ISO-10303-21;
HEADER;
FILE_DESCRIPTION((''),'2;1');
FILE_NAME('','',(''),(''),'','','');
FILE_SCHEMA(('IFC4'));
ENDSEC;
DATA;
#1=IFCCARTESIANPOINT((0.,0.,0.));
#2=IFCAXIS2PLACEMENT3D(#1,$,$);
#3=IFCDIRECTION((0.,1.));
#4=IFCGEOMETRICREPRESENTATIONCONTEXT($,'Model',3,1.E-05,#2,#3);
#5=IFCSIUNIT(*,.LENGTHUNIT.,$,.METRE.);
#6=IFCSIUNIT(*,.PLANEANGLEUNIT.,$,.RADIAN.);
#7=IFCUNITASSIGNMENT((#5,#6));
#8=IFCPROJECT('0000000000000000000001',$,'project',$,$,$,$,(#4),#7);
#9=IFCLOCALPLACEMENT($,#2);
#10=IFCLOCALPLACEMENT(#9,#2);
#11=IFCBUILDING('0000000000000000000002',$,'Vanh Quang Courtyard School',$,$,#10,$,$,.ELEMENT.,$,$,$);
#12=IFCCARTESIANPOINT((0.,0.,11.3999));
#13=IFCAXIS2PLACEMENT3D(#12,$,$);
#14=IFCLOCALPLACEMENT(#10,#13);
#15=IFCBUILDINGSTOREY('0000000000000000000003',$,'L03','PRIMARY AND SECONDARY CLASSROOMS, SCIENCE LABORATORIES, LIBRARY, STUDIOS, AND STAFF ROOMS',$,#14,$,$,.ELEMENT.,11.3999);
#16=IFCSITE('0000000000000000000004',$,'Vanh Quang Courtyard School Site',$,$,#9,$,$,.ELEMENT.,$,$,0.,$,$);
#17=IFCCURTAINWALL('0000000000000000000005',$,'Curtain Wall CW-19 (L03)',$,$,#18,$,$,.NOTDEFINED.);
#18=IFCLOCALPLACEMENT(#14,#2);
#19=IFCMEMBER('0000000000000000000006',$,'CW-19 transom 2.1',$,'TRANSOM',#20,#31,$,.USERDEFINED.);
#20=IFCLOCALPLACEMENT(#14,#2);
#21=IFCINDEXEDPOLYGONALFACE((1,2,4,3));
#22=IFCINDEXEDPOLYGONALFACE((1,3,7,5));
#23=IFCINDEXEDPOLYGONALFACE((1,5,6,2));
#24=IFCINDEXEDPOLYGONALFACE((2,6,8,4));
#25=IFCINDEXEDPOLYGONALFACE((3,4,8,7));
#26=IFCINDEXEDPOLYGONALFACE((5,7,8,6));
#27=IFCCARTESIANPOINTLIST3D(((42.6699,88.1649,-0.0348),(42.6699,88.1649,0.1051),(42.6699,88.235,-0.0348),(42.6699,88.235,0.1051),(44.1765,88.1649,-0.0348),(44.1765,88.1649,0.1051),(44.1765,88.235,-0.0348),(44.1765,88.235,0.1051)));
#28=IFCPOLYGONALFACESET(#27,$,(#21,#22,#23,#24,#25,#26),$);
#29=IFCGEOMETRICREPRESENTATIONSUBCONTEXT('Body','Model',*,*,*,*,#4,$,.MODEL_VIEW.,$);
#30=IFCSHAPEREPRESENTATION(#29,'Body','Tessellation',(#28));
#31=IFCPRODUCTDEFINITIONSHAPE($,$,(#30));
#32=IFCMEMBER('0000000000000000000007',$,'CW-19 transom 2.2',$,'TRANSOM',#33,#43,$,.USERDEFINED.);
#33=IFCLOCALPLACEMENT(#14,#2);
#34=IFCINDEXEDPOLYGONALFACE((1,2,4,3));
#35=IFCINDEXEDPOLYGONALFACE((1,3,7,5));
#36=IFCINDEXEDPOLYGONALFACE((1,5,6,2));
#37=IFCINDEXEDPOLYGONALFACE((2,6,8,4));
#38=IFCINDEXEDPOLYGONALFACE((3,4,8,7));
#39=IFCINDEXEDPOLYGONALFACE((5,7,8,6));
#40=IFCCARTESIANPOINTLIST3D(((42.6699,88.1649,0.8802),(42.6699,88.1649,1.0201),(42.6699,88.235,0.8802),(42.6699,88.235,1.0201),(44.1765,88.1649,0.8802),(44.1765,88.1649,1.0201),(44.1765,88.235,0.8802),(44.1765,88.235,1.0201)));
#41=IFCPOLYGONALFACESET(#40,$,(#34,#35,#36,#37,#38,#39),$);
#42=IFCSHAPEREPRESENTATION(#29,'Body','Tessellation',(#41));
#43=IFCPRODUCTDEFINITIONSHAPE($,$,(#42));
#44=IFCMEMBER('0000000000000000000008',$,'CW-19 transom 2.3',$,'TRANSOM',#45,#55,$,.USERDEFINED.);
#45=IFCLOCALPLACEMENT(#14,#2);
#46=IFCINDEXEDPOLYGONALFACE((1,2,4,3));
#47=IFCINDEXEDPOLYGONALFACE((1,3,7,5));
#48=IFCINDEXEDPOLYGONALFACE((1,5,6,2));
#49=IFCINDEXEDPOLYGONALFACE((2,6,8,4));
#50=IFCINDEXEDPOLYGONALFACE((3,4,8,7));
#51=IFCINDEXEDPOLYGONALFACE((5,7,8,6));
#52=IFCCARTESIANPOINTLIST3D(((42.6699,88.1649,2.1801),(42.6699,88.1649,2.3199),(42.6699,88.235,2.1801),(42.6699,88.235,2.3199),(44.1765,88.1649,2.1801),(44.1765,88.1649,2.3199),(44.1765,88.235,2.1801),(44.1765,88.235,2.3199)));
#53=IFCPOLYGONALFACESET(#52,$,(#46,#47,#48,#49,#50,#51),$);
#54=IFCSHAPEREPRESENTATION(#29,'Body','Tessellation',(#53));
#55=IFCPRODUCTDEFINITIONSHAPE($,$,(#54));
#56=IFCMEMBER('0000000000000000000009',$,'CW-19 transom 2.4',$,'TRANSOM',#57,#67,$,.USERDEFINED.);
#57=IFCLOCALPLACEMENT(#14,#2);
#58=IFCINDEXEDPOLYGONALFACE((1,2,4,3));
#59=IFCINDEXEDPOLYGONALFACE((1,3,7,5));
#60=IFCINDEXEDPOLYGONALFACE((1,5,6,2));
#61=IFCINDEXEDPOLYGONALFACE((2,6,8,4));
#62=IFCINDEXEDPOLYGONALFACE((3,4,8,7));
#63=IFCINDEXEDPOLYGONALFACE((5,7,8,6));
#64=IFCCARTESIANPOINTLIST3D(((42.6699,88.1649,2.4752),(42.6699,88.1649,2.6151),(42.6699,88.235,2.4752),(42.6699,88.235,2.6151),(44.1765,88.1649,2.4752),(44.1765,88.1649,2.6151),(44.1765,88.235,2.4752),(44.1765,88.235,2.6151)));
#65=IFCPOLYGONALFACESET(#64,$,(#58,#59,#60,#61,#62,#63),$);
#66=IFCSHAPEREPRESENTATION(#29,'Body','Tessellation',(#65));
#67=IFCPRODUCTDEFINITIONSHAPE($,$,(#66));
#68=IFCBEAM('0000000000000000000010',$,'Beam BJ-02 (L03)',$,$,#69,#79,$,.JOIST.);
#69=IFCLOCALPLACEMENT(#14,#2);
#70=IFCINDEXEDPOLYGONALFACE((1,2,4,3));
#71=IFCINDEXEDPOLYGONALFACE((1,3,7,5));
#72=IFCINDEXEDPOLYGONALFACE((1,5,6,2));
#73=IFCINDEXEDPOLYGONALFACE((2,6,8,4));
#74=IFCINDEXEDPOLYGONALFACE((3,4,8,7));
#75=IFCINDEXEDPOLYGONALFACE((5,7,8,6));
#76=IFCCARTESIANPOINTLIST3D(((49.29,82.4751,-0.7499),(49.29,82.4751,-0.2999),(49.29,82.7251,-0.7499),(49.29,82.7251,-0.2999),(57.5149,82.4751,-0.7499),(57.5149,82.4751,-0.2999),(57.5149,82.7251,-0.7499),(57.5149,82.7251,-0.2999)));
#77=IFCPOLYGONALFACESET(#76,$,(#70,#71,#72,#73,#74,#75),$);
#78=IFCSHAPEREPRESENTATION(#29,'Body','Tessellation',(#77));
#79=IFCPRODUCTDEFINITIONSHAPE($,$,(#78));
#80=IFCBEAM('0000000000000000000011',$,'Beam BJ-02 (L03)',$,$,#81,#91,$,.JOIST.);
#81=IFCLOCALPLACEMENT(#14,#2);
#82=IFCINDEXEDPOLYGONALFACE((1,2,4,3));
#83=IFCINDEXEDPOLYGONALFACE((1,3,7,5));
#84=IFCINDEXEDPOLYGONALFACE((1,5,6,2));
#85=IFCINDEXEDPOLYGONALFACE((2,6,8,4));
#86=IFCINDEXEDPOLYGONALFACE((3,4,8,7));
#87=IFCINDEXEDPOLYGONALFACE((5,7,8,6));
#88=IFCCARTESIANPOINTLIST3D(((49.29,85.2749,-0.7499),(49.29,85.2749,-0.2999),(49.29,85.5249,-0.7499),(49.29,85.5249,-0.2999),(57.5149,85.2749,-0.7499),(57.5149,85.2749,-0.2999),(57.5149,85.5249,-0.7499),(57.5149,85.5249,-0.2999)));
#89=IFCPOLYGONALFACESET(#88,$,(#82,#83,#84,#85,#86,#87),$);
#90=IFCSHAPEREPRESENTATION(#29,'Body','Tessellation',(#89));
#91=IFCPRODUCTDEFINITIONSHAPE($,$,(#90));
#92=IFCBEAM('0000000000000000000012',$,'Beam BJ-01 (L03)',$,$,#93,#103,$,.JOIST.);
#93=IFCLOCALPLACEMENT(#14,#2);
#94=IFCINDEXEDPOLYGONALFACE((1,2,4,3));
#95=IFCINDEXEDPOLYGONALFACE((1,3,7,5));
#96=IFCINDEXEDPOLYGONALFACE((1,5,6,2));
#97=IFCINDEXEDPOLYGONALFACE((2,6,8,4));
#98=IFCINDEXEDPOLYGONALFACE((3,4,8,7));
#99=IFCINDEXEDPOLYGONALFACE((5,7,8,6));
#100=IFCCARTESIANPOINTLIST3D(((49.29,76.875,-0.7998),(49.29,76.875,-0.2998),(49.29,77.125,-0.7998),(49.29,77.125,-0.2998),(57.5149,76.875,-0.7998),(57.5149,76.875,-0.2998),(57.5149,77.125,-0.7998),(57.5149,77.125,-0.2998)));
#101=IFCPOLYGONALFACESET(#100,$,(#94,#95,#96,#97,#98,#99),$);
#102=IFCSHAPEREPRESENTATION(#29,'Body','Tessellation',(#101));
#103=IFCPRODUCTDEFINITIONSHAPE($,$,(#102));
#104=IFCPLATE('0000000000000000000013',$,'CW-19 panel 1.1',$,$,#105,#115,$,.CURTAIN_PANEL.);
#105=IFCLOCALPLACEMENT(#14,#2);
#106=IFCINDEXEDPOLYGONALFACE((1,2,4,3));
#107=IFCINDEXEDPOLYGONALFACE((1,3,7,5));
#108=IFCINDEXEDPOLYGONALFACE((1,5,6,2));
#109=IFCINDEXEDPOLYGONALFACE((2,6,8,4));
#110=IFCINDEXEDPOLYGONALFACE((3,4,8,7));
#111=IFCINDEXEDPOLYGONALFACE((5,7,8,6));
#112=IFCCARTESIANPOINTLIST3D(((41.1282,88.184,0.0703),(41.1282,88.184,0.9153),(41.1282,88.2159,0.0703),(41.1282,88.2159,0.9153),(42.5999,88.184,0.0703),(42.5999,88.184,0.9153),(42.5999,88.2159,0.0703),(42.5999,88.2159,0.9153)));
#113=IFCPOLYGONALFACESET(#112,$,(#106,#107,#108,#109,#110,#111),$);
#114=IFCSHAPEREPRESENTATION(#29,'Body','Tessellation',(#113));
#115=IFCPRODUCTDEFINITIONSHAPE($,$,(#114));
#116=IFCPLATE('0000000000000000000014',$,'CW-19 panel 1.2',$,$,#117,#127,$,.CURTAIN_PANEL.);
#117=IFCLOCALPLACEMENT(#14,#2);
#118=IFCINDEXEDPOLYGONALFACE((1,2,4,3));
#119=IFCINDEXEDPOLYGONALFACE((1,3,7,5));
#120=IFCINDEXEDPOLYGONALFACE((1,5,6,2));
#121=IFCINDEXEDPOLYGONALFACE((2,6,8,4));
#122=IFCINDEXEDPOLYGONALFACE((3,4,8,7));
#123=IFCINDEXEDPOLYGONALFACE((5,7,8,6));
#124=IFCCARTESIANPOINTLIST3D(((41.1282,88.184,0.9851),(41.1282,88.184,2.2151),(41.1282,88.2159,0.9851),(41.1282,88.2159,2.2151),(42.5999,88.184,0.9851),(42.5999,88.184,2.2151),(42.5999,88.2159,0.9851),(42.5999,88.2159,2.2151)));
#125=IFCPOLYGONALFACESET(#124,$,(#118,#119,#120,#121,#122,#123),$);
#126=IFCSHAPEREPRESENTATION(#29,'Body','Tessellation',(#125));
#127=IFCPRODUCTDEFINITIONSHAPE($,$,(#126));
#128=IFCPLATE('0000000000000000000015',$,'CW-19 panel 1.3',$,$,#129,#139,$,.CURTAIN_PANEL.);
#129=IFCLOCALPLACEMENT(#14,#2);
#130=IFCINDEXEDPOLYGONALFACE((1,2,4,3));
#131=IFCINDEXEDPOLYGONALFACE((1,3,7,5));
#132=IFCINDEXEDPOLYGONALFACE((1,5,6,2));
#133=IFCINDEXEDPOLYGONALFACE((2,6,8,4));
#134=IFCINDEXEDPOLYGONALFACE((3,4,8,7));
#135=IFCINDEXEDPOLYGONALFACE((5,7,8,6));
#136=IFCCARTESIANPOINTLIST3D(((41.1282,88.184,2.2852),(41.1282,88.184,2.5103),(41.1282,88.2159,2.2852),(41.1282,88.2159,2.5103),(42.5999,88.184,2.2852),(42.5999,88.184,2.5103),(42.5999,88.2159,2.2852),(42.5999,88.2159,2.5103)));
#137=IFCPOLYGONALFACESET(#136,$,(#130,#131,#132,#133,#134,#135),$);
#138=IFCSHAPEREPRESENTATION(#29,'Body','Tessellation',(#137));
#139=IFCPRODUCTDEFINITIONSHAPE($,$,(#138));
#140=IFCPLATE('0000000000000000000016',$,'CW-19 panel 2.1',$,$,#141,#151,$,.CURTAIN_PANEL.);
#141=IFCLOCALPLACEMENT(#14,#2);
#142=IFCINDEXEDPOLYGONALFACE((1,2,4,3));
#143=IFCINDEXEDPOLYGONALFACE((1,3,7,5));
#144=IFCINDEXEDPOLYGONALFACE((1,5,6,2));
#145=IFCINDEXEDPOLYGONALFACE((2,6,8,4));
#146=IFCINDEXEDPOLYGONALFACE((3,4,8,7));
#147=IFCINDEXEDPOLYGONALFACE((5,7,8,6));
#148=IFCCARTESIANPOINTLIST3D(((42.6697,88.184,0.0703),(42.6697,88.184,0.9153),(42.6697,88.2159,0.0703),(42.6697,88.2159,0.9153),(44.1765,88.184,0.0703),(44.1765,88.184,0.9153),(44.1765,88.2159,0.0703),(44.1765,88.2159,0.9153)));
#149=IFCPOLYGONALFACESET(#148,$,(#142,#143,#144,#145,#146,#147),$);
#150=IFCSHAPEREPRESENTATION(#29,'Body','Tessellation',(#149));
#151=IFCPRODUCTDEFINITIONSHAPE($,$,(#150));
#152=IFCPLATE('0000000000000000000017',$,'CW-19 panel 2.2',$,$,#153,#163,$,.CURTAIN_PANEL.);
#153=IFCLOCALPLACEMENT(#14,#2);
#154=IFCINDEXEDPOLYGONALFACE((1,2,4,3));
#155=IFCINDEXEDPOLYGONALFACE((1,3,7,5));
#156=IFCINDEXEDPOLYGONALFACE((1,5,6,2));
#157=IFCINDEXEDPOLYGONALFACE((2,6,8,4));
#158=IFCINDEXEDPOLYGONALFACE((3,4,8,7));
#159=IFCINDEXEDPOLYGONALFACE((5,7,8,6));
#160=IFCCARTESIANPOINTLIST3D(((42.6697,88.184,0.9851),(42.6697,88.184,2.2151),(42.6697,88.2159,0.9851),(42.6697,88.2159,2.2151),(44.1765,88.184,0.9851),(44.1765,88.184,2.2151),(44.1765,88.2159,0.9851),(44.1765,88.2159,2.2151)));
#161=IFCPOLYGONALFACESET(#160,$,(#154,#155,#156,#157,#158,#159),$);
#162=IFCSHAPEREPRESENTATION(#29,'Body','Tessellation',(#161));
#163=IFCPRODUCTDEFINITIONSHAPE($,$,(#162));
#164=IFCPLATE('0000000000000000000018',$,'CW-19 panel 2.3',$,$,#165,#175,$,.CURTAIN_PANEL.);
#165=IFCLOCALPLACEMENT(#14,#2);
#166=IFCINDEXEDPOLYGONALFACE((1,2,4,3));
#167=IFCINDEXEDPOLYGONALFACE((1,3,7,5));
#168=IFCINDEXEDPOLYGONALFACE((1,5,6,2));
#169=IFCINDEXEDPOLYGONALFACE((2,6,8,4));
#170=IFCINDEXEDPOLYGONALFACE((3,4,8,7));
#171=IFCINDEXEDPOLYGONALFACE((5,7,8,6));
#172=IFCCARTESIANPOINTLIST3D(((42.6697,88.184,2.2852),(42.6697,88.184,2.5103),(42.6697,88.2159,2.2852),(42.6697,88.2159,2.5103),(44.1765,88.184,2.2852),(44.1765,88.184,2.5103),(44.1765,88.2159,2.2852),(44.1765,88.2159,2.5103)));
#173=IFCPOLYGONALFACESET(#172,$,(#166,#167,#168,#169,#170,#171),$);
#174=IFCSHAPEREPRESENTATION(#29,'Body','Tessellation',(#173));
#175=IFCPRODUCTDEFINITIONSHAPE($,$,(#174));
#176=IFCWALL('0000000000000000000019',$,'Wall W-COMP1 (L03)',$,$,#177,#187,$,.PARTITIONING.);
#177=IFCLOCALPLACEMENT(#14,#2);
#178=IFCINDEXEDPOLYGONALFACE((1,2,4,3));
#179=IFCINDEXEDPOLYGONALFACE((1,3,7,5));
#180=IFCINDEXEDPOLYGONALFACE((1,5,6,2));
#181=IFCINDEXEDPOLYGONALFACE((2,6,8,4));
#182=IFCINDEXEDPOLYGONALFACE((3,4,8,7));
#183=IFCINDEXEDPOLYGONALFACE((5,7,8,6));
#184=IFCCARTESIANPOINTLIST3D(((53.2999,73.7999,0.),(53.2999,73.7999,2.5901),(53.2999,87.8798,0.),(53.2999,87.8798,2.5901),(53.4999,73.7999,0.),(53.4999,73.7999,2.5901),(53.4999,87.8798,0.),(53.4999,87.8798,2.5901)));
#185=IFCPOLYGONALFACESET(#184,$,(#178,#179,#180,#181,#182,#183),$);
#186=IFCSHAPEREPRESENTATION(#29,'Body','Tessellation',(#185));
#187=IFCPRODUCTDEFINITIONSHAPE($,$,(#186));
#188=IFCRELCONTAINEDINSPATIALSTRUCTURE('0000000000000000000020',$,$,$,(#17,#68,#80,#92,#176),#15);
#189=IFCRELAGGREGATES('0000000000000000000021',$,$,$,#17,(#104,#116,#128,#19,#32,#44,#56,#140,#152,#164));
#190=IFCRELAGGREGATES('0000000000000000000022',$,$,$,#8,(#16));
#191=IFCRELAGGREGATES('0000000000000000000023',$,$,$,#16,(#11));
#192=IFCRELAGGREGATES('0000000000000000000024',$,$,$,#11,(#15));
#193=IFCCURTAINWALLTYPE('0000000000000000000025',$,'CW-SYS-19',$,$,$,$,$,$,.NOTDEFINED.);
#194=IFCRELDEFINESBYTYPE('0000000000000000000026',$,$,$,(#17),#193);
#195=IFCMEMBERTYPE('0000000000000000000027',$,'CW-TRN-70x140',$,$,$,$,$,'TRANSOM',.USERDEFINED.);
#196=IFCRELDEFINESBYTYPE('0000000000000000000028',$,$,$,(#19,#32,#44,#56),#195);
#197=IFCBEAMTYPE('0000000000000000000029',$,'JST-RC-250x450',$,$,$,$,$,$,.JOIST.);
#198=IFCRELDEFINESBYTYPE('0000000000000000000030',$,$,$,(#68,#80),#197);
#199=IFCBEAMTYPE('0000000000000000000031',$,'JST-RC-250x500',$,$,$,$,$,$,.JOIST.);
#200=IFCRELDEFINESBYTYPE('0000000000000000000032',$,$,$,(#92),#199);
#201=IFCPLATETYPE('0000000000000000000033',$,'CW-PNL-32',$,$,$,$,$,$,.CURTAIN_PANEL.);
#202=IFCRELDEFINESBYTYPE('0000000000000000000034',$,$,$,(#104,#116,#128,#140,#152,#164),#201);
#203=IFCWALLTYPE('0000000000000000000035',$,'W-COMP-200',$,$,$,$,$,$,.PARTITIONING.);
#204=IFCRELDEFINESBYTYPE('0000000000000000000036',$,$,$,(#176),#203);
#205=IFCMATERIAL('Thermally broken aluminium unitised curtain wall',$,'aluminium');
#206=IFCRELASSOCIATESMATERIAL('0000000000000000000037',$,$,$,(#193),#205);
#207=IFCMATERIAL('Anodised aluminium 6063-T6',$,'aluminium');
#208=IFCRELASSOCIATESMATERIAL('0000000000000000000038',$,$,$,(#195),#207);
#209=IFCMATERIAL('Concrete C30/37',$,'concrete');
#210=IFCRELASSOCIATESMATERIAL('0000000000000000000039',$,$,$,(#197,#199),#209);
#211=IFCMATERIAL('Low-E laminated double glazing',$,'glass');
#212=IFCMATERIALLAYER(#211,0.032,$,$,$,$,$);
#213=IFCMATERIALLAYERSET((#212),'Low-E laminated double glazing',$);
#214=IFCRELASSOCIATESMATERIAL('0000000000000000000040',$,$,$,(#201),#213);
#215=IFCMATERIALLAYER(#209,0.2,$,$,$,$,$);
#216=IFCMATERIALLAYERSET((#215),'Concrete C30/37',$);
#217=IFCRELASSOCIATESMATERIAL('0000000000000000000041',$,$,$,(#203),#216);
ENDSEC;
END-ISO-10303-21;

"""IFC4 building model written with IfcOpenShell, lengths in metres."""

from ifc_helpers import new_model, si_unit, direction, frame, frame_2d, origin, origin_2d, place, context, subcontext, project, spatial, rectangle, extrude, material, layer, layer_set, material_profile, profile_set, type_object, element, aggregate, save


model = new_model("IFC4")

# Units and contexts
model_context = context("Model", 3, precision=1e-05, world=origin(), true_north=direction((0.0, 1.0)))
body_context = subcontext(model_context, "Body", "Model", "MODEL_VIEW")
ifc_project = project(units=[si_unit("LENGTHUNIT", "METRE"), si_unit("PLANEANGLEUNIT", "RADIAN")], contexts=[model_context])

# Site, building, storey
site_placement = place(None, origin())
site = spatial("IfcSite", under=ifc_project, at=site_placement, Name="Vanh Quang Courtyard School Site", CompositionType="ELEMENT", RefElevation=0.0)
building_placement = place(site_placement, origin())
building = spatial("IfcBuilding", under=site, at=building_placement, Name="Vanh Quang Courtyard School", CompositionType="ELEMENT")
storey_placement = place(building_placement, frame((0.0, 0.0, 11.3999)))
storey = spatial("IfcBuildingStorey", under=building, at=storey_placement, Name="L03", Description="PRIMARY AND SECONDARY CLASSROOMS, SCIENCE LABORATORIES, LIBRARY, STUDIOS, AND STAFF ROOMS", CompositionType="ELEMENT", Elevation=11.3999)

# Curtain wall, members
ifc_material_1 = material(Name="Thermally broken aluminium unitised curtain wall", Category="aluminium")
curtain_wall_type = type_object("IfcCurtainWallType", Name="CW-SYS-19", PredefinedType="NOTDEFINED", material=ifc_material_1)
curtain_wall_placement = place(storey_placement, origin())
curtain_wall = element("IfcCurtainWall", 1, at=curtain_wall_placement, inside=storey, type_object=curtain_wall_type, Name="Curtain Wall CW-19 (L03)", PredefinedType="NOTDEFINED")
ifc_material_2 = material(Name="Anodised aluminium 6063-T6", Category="aluminium")
ifc_material_profile_1 = material_profile(ifc_material_2, rectangle(XDim=0.0701, YDim=0.1399, at=origin_2d()), Name="ALU-TRN 70x140")
ifc_profile_set_1 = profile_set([ifc_material_profile_1], Name="Anodised aluminium 6063-T6")
member_type_1 = type_object("IfcMemberType", Name="CW-TRN-70x140", ElementType="TRANSOM", PredefinedType="USERDEFINED", material=ifc_profile_set_1)
member_1_placement = place(storey_placement, frame((42.6699, 88.2, 0.0352), z_axis=(1.0, 0.0, 0.0), x_axis=(0.0, 1.0, 0.0)))
member_1 = element("IfcMember", 2, at=member_1_placement, type_object=member_type_1, Name="CW-19 transom 2.1", ObjectType="TRANSOM", PredefinedType="USERDEFINED", context=body_context, shape_type="SweptSolid", body=[
    extrude(rectangle(XDim=0.0701, YDim=0.1399, at=origin_2d()), origin(), (0.0, 0.0, 1.0), 1.5066),
])
member_2_placement = place(storey_placement, frame((42.6699, 88.2, 0.9502), z_axis=(1.0, 0.0, 0.0), x_axis=(0.0, 1.0, 0.0)))
member_2 = element("IfcMember", 3, at=member_2_placement, type_object=member_type_1, Name="CW-19 transom 2.2", ObjectType="TRANSOM", PredefinedType="USERDEFINED", context=body_context, shape_type="SweptSolid", body=[
    extrude(rectangle(XDim=0.0701, YDim=0.1399, at=origin_2d()), origin(), (0.0, 0.0, 1.0), 1.5066),
])
member_3_placement = place(storey_placement, frame((42.6699, 88.2, 2.25), z_axis=(1.0, 0.0, 0.0), x_axis=(0.0, 1.0, 0.0)))
member_3 = element("IfcMember", 4, at=member_3_placement, type_object=member_type_1, Name="CW-19 transom 2.3", ObjectType="TRANSOM", PredefinedType="USERDEFINED", context=body_context, shape_type="SweptSolid", body=[
    extrude(rectangle(XDim=0.0701, YDim=0.1399, at=origin_2d()), origin(), (0.0, 0.0, 1.0), 1.5066),
])
member_4_placement = place(storey_placement, frame((42.6699, 88.2, 2.5452), z_axis=(1.0, 0.0, 0.0), x_axis=(0.0, 1.0, 0.0)))
member_4 = element("IfcMember", 5, at=member_4_placement, type_object=member_type_1, Name="CW-19 transom 2.4", ObjectType="TRANSOM", PredefinedType="USERDEFINED", context=body_context, shape_type="SweptSolid", body=[
    extrude(rectangle(XDim=0.0701, YDim=0.1399, at=origin_2d()), origin(), (0.0, 0.0, 1.0), 1.5066),
])

# Beams
ifc_material_3 = material(Name="Concrete C30/37", Category="concrete")
ifc_material_profile_2 = material_profile(ifc_material_3, rectangle(XDim=0.25, YDim=0.45, at=origin_2d()), Name="RC-JST 250x450")
ifc_profile_set_2 = profile_set([ifc_material_profile_2], Name="Concrete C30/37")
beam_type_1 = type_object("IfcBeamType", Name="JST-RC-250x450", PredefinedType="JOIST", material=ifc_profile_set_2)
for number, where, z_axis, x_axis, name in (
    (6, (49.29, 82.6001, -0.5249), (1.0, 0.0, 0.0), (0.0, 1.0, 0.0), "Beam BJ-02 (L03)"),
    (7, (49.29, 85.3999, -0.5249), (1.0, 0.0, 0.0), (0.0, 1.0, 0.0), "Beam BJ-02 (L03)"),
):
    element("IfcBeam", number, at=place(storey_placement, frame(where, z_axis=z_axis, x_axis=x_axis)), inside=storey, type_object=beam_type_1, Name=name, PredefinedType="JOIST", context=body_context, shape_type="SweptSolid", body=[
        extrude(rectangle(XDim=0.25, YDim=0.45, at=origin_2d()), origin(), (0.0, 0.0, 1.0), 8.2249),
    ])
ifc_material_profile_3 = material_profile(ifc_material_3, rectangle(XDim=0.25, YDim=0.5, at=origin_2d()), Name="RC-JST 250x500")
ifc_profile_set_3 = profile_set([ifc_material_profile_3], Name="Concrete C30/37")
beam_type_2 = type_object("IfcBeamType", Name="JST-RC-250x500", PredefinedType="JOIST", material=ifc_profile_set_3)
beam_1_placement = place(storey_placement, frame((49.29, 77.0, -0.5498), z_axis=(1.0, 0.0, 0.0), x_axis=(0.0, 1.0, 0.0)))
element("IfcBeam", 8, at=beam_1_placement, inside=storey, type_object=beam_type_2, Name="Beam BJ-01 (L03)", PredefinedType="JOIST", context=body_context, shape_type="SweptSolid", body=[
    extrude(rectangle(XDim=0.25, YDim=0.5, at=origin_2d()), origin(), (0.0, 0.0, 1.0), 8.2249),
])

# Plates
ifc_material_4 = material(Name="Low-E laminated double glazing", Category="glass")
ifc_layer_1 = layer(ifc_material_4, 0.032)
ifc_layer_set_1 = layer_set([ifc_layer_1], Name="Low-E laminated double glazing")
plate_type = type_object("IfcPlateType", Name="CW-PNL-32", PredefinedType="CURTAIN_PANEL", material=ifc_layer_set_1)
plate_1_placement = place(storey_placement, frame((41.864, 88.2, 0.0703), z_axis=(0.0, 0.0, 1.0), x_axis=(1.0, 0.0, 0.0)))
plate_1 = element("IfcPlate", 9, at=plate_1_placement, type_object=plate_type, Name="CW-19 panel 1.1", PredefinedType="CURTAIN_PANEL", context=body_context, shape_type="SweptSolid", body=[
    extrude(rectangle(XDim=1.4717, YDim=0.032, at=origin_2d()), origin(), (0.0, 0.0, 1.0), 0.845),
])
plate_2_placement = place(storey_placement, frame((41.864, 88.2, 0.9851), z_axis=(0.0, 0.0, 1.0), x_axis=(1.0, 0.0, 0.0)))
plate_2 = element("IfcPlate", 10, at=plate_2_placement, type_object=plate_type, Name="CW-19 panel 1.2", PredefinedType="CURTAIN_PANEL", context=body_context, shape_type="SweptSolid", body=[
    extrude(rectangle(XDim=1.4717, YDim=0.032, at=origin_2d()), origin(), (0.0, 0.0, 1.0), 1.23),
])
plate_3_placement = place(storey_placement, frame((41.864, 88.2, 2.2852), z_axis=(0.0, 0.0, 1.0), x_axis=(1.0, 0.0, 0.0)))
plate_3 = element("IfcPlate", 11, at=plate_3_placement, type_object=plate_type, Name="CW-19 panel 1.3", PredefinedType="CURTAIN_PANEL", context=body_context, shape_type="SweptSolid", body=[
    extrude(rectangle(XDim=1.4717, YDim=0.032, at=origin_2d()), origin(), (0.0, 0.0, 1.0), 0.2251),
])
plate_4_placement = place(storey_placement, frame((43.4231, 88.2, 0.0703), z_axis=(0.0, 0.0, 1.0), x_axis=(1.0, 0.0, 0.0)))
plate_4 = element("IfcPlate", 12, at=plate_4_placement, type_object=plate_type, Name="CW-19 panel 2.1", PredefinedType="CURTAIN_PANEL", context=body_context, shape_type="SweptSolid", body=[
    extrude(rectangle(XDim=1.5068, YDim=0.032, at=origin_2d()), origin(), (0.0, 0.0, 1.0), 0.845),
])
plate_5_placement = place(storey_placement, frame((43.4231, 88.2, 0.9851), z_axis=(0.0, 0.0, 1.0), x_axis=(1.0, 0.0, 0.0)))
plate_5 = element("IfcPlate", 13, at=plate_5_placement, type_object=plate_type, Name="CW-19 panel 2.2", PredefinedType="CURTAIN_PANEL", context=body_context, shape_type="SweptSolid", body=[
    extrude(rectangle(XDim=1.5068, YDim=0.032, at=origin_2d()), origin(), (0.0, 0.0, 1.0), 1.23),
])
plate_6_placement = place(storey_placement, frame((43.4231, 88.2, 2.2852), z_axis=(0.0, 0.0, 1.0), x_axis=(1.0, 0.0, 0.0)))
plate_6 = element("IfcPlate", 14, at=plate_6_placement, type_object=plate_type, Name="CW-19 panel 2.3", PredefinedType="CURTAIN_PANEL", context=body_context, shape_type="SweptSolid", body=[
    extrude(rectangle(XDim=1.5068, YDim=0.032, at=origin_2d()), origin(), (0.0, 0.0, 1.0), 0.2251),
])
aggregate(curtain_wall, [plate_1, plate_2, plate_3, member_1, member_2, member_3, member_4, plate_4, plate_5, plate_6])

# Wall
ifc_layer_2 = layer(ifc_material_3, 0.2)
ifc_layer_set_2 = layer_set([ifc_layer_2], Name="Concrete C30/37")
wall_type_1 = type_object("IfcWallType", Name="W-COMP-200", PredefinedType="PARTITIONING", material=ifc_layer_set_2)
wall_1_placement = place(storey_placement, frame((53.3999, 87.8799, 0.0), z_axis=(0.0, 0.0, 1.0), x_axis=(0.0, -1.0, 0.0)))
element("IfcWall", 15, at=wall_1_placement, inside=storey, type_object=wall_type_1, Name="Wall W-COMP1 (L03)", PredefinedType="PARTITIONING", context=body_context, shape_type="SweptSolid", body=[
    extrude(rectangle(XDim=14.0798, YDim=0.2, at=frame_2d((7.04, 0.0))), origin(), (0.0, 0.0, 1.0), 2.5901),
])

save(model, "model.ifc")
